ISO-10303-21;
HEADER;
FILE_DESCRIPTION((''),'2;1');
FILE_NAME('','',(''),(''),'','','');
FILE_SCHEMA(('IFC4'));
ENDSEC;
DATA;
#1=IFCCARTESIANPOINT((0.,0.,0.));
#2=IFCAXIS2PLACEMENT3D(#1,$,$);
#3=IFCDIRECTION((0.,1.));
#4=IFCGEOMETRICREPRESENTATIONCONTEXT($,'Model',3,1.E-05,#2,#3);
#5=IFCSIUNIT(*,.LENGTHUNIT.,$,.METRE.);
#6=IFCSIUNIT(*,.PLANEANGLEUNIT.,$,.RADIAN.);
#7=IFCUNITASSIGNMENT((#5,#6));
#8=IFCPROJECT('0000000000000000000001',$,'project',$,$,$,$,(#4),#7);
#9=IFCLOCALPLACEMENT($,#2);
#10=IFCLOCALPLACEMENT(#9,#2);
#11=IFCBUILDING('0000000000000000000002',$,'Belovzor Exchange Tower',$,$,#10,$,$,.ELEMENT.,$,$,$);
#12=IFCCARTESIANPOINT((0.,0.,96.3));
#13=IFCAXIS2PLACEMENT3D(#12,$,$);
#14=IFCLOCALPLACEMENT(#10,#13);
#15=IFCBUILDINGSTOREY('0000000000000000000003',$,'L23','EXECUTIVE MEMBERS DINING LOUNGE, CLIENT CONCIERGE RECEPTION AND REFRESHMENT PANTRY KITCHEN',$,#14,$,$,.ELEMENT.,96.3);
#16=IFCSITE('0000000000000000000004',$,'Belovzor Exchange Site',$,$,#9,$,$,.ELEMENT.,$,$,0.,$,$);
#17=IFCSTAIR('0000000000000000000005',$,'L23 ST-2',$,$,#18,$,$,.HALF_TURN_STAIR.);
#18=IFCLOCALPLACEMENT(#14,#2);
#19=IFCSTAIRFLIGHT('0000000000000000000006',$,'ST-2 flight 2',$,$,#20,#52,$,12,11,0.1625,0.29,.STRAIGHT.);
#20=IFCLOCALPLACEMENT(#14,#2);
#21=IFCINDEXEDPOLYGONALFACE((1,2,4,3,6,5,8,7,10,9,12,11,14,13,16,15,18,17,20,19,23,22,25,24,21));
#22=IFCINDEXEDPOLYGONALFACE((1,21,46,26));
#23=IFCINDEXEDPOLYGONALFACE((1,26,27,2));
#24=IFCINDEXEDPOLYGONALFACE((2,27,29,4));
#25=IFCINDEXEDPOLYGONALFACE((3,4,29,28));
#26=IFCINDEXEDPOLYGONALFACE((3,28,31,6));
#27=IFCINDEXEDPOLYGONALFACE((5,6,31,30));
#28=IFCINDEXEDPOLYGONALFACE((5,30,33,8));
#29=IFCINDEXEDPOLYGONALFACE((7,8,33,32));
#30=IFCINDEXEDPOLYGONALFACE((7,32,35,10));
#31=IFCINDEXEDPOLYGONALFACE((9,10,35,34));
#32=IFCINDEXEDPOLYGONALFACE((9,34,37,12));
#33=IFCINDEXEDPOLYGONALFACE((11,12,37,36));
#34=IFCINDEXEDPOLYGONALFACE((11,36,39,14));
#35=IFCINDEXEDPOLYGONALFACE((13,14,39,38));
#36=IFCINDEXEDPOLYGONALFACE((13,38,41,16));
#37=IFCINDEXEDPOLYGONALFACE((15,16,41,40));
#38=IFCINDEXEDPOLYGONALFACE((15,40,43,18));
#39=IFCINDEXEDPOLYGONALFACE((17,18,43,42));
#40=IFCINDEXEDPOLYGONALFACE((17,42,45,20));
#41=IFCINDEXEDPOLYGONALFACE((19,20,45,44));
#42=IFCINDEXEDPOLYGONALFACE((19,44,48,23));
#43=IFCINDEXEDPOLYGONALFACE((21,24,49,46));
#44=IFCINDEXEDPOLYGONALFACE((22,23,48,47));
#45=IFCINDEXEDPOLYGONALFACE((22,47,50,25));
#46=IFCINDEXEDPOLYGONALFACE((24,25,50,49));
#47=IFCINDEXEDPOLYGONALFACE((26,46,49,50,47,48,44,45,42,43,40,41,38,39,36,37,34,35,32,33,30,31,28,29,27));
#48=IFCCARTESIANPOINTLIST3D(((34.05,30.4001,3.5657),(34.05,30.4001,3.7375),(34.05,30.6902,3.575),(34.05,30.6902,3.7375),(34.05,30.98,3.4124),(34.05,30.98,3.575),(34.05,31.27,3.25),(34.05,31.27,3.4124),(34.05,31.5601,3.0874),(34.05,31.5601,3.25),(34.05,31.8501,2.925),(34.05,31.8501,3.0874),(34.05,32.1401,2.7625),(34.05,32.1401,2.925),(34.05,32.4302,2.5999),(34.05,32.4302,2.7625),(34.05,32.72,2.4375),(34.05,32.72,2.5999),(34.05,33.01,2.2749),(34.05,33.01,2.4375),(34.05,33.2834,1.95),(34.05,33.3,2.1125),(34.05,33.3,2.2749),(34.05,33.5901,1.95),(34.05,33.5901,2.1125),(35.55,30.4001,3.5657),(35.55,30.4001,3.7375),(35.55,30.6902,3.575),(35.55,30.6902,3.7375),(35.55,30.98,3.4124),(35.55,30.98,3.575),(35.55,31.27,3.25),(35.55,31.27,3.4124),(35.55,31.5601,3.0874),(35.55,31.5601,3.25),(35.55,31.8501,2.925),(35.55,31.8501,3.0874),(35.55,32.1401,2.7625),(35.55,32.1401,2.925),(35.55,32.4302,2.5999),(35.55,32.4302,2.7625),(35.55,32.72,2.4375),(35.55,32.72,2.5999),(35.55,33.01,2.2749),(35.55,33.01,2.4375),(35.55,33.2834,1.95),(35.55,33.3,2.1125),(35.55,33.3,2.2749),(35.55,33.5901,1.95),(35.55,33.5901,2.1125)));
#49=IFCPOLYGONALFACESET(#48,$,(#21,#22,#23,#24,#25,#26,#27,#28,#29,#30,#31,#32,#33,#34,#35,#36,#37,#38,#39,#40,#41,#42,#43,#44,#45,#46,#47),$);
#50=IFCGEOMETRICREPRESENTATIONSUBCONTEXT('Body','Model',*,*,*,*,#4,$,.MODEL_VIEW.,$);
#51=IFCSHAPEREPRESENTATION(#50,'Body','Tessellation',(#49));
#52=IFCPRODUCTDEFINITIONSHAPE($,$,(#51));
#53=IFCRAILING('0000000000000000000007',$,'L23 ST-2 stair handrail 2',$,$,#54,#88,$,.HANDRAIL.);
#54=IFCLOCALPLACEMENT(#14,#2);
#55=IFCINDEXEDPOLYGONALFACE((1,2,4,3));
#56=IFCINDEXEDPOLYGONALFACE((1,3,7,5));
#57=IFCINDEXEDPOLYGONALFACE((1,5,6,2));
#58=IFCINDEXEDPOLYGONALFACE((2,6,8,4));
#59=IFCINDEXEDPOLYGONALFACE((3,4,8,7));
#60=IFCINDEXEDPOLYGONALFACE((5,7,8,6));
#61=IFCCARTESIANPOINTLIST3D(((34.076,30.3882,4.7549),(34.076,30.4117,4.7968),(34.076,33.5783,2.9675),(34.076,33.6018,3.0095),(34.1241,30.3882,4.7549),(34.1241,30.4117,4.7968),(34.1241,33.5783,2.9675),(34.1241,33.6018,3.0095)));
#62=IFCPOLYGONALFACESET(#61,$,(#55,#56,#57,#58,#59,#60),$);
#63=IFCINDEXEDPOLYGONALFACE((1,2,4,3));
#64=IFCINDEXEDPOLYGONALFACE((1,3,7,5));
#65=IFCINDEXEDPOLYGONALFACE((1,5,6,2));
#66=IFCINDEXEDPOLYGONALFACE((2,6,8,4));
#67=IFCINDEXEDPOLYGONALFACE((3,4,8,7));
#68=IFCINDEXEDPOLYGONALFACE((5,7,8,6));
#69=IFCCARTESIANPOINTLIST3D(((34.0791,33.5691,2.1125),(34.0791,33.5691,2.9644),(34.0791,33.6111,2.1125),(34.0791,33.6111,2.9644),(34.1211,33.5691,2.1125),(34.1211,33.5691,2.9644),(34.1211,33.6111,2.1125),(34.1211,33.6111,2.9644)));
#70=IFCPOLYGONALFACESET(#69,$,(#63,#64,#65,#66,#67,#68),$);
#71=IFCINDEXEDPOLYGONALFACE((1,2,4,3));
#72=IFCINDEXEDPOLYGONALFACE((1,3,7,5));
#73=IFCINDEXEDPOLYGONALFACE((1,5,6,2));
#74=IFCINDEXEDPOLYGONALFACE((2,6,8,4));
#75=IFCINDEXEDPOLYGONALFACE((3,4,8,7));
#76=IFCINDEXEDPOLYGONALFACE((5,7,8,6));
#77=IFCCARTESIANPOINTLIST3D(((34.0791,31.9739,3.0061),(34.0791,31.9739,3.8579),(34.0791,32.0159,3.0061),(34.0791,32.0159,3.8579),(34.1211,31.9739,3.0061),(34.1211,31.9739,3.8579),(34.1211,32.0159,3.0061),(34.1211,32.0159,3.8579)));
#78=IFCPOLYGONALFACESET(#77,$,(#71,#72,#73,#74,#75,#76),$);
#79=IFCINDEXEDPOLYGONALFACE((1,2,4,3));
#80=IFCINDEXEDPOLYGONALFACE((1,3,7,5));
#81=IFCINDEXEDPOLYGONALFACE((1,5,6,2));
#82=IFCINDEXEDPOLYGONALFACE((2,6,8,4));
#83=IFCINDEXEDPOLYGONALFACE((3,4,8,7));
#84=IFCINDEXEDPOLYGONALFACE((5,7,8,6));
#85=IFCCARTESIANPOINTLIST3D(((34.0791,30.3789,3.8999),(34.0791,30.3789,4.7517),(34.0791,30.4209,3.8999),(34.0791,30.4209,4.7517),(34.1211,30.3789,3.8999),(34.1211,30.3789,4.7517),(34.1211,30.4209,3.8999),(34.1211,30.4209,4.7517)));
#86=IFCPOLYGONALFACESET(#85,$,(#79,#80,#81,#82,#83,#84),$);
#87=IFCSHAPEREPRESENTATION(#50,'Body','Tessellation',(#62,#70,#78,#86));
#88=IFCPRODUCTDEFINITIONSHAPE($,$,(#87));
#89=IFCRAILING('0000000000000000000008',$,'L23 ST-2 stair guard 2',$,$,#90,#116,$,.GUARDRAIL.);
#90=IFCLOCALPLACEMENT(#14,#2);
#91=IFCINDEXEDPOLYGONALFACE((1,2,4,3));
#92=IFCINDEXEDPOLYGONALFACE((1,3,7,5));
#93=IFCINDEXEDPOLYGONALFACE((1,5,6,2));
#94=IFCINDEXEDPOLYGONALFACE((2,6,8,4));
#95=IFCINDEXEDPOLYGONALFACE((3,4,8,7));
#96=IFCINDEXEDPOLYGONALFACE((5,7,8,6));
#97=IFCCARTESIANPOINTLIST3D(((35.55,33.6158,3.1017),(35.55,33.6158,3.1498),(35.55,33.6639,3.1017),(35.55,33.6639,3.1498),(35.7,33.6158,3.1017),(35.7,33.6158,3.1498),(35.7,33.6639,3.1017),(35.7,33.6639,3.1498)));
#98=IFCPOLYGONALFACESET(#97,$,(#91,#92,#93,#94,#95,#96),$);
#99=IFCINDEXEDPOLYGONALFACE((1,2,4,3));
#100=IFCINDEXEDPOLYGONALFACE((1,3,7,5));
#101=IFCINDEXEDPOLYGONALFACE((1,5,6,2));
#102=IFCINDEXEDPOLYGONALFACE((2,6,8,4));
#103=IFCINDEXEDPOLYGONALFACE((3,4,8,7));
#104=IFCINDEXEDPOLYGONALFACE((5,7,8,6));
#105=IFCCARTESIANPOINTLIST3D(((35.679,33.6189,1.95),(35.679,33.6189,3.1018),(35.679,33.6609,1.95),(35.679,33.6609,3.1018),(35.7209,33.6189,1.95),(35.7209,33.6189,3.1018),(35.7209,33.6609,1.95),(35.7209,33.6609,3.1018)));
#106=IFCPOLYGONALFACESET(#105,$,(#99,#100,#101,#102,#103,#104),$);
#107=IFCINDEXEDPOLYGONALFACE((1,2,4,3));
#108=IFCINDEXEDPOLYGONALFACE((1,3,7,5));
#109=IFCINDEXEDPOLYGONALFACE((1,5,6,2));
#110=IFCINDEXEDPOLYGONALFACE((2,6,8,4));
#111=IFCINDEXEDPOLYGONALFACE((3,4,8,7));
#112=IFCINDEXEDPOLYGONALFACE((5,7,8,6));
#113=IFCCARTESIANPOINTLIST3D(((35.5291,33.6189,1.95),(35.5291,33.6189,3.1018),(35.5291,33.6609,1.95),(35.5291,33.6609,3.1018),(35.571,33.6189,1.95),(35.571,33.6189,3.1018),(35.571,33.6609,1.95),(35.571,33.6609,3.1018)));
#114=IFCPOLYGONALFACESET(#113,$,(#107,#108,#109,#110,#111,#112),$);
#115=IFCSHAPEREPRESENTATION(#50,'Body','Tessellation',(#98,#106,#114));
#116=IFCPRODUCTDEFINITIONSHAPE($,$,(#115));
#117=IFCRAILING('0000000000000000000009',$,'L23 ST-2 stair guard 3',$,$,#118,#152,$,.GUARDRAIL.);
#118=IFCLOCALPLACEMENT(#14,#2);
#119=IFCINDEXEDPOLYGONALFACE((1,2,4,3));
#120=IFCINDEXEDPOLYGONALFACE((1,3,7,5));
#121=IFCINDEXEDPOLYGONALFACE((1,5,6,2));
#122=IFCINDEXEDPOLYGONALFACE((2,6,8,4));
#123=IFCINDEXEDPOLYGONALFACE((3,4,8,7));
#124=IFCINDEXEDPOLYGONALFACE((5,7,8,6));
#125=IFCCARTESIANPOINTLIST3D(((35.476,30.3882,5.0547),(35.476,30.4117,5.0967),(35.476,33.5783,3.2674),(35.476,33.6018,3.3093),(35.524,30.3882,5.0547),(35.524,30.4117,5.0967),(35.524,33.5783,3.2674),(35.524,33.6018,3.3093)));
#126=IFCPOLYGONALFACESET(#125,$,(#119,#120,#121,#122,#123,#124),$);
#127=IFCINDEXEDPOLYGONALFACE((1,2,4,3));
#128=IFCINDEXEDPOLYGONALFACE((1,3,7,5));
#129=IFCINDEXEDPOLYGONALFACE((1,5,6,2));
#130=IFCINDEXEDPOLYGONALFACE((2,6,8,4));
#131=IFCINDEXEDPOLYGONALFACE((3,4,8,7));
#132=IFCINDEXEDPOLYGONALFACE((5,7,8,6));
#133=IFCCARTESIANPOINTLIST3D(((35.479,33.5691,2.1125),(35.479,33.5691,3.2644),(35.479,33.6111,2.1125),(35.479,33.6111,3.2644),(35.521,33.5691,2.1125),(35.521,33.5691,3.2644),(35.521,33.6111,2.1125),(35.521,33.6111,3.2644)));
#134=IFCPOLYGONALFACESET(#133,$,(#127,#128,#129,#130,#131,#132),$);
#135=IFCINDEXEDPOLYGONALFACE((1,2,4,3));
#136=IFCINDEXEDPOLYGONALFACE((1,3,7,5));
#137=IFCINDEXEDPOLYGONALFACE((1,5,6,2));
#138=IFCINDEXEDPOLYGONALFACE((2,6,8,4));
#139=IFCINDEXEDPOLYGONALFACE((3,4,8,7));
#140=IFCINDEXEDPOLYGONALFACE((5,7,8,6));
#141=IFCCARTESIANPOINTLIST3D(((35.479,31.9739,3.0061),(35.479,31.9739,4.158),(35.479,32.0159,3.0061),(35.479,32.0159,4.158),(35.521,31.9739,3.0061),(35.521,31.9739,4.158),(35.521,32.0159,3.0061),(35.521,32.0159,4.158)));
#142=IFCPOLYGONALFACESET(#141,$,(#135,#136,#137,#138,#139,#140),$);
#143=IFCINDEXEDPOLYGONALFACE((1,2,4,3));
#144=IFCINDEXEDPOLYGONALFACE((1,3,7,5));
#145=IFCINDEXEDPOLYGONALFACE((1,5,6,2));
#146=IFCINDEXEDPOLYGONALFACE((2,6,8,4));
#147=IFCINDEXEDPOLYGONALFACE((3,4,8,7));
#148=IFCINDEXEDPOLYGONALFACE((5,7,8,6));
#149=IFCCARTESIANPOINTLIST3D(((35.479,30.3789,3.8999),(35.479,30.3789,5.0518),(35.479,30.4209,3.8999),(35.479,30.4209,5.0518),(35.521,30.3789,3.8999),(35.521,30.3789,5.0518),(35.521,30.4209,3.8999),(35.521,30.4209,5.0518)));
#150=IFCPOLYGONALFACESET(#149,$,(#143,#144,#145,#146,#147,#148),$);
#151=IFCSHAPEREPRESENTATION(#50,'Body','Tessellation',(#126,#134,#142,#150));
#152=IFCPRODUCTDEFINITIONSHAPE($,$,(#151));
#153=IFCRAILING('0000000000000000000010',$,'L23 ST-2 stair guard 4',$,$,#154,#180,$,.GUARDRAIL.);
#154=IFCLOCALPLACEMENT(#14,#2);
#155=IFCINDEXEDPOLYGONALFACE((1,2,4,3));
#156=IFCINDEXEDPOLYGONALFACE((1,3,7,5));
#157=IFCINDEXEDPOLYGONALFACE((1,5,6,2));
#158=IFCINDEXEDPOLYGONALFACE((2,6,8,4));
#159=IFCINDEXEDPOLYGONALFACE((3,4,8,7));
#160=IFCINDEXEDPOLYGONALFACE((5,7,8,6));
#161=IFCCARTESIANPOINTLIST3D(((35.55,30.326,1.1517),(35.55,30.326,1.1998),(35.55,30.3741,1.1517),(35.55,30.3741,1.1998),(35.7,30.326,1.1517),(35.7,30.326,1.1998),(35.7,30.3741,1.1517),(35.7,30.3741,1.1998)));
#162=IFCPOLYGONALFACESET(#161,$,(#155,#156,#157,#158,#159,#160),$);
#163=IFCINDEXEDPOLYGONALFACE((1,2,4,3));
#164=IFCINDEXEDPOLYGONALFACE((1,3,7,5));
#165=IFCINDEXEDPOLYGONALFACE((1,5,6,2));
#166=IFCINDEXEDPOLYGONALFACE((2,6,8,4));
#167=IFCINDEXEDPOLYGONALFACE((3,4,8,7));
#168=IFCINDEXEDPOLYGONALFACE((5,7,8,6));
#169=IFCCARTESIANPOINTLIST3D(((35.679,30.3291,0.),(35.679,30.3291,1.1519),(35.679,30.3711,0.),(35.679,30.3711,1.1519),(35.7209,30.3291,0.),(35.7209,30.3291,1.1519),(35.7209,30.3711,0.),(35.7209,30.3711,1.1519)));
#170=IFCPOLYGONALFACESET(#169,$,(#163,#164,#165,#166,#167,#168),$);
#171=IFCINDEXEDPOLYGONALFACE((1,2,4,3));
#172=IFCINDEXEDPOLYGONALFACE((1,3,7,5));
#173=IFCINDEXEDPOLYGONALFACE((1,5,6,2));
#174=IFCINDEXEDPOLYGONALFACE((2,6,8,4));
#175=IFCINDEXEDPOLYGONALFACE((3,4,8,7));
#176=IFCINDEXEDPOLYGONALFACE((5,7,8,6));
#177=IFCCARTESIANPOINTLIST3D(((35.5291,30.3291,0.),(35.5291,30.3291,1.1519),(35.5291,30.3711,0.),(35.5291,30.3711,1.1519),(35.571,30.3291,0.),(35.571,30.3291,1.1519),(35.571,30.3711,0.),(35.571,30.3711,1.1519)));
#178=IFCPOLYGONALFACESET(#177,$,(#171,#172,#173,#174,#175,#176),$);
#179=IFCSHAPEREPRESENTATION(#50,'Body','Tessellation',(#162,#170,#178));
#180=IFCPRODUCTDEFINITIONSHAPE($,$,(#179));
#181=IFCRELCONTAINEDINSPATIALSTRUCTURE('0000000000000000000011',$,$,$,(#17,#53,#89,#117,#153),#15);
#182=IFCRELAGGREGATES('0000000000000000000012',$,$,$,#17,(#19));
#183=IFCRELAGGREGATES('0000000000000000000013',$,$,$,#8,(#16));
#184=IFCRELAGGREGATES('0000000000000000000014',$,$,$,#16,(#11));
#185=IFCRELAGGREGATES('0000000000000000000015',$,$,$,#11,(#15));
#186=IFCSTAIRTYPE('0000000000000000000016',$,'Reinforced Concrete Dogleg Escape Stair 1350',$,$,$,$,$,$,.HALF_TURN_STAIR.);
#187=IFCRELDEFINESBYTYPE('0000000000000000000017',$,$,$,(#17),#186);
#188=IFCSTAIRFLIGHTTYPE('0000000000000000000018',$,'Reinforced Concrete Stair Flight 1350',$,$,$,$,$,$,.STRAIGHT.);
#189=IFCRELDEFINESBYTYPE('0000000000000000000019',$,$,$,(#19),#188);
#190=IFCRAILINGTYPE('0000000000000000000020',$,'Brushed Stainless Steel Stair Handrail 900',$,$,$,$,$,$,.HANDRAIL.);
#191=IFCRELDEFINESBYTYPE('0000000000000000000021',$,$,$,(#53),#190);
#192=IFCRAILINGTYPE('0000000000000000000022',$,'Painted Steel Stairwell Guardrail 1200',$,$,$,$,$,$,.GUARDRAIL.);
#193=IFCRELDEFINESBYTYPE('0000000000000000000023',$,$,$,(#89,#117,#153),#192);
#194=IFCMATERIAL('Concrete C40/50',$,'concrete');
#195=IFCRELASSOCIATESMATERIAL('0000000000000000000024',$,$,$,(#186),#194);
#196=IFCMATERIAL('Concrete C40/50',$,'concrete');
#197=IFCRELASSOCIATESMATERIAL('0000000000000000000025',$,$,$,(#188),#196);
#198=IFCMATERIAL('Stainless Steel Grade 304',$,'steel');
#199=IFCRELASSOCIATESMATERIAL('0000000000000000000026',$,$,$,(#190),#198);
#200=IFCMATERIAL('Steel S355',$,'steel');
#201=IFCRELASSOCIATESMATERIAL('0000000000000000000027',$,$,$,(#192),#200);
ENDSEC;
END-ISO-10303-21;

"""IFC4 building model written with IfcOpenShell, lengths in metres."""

from ifc_helpers import new_model, si_unit, direction, frame, origin, origin_2d, place, context, subcontext, project, spatial, polyline, rectangle, outline, extrude, material, type_object, element, aggregate, save


model = new_model("IFC4")

# Units and contexts
model_context = context("Model", 3, precision=1e-05, world=origin(), true_north=direction((0.0, 1.0)))
body_context = subcontext(model_context, "Body", "Model", "MODEL_VIEW")
ifc_project = project(units=[si_unit("LENGTHUNIT", "METRE"), si_unit("PLANEANGLEUNIT", "RADIAN")], contexts=[model_context])

# Site, building, storey
site_placement = place(None, origin())
site = spatial("IfcSite", under=ifc_project, at=site_placement, Name="Belovzor Exchange Site", CompositionType="ELEMENT", RefElevation=0.0)
building_placement = place(site_placement, origin())
building = spatial("IfcBuilding", under=site, at=building_placement, Name="Belovzor Exchange Tower", CompositionType="ELEMENT")
storey_placement = place(building_placement, frame((0.0, 0.0, 96.3)))
storey = spatial("IfcBuildingStorey", under=building, at=storey_placement, Name="L23", Description="EXECUTIVE MEMBERS DINING LOUNGE, CLIENT CONCIERGE RECEPTION AND REFRESHMENT PANTRY KITCHEN", CompositionType="ELEMENT", Elevation=96.3)

# Stair, stair flight
ifc_material_1 = material(Name="Concrete C40/50", Category="concrete")
stair_type = type_object("IfcStairType", Name="Reinforced Concrete Dogleg Escape Stair 1350", PredefinedType="HALF_TURN_STAIR", material=ifc_material_1)
stair_placement = place(storey_placement, origin())
stair = element("IfcStair", 1, at=stair_placement, inside=storey, type_object=stair_type, Name="L23 ST-2", PredefinedType="HALF_TURN_STAIR")
ifc_material_2 = material(Name="Concrete C40/50", Category="concrete")
stair_flight_type = type_object("IfcStairFlightType", Name="Reinforced Concrete Stair Flight 1350", PredefinedType="STRAIGHT", material=ifc_material_2)
stair_flight_placement = place(storey_placement, frame((34.8, 33.5901, 1.95), z_axis=(0.0, 0.0, 1.0), x_axis=(0.0, -1.0, 0.0)))
stair_flight = element("IfcStairFlight", 2, at=stair_flight_placement, type_object=stair_flight_type, Name="ST-2 flight 2", NumberOfRisers=12, NumberOfTreads=11, PredefinedType="STRAIGHT", RiserHeight=0.1625, TreadLength=0.29, context=body_context, shape_type="SweptSolid", body=[
    extrude(outline(polyline([(0.0, 0.0), (0.0, 0.1626), (0.29, 0.1626), (0.29, 0.325), (0.5801, 0.325), (0.5801, 0.4875), (0.8701, 0.4875), (0.8701, 0.6499), (1.1599, 0.6499), (1.1599, 0.8125), (1.45, 0.8125), (1.45, 0.9751), (1.74, 0.9751), (1.74, 1.1375), (2.03, 1.1375), (2.03, 1.3), (2.3201, 1.3), (2.3201, 1.4624), (2.6101, 1.4624), (2.6101, 1.625), (2.8999, 1.625), (2.8999, 1.7876), (3.1899, 1.7876), (3.1899, 1.95), (3.1899, 1.6157), (0.3066, 0.0), (0.0, 0.0)])), frame((0.0, 0.75, 0.0), z_axis=(0.0, -1.0, 0.0), x_axis=(1.0, 0.0, 0.0)), (0.0, 0.0, 1.0), 1.5),
])
aggregate(stair, [stair_flight])

# Railings
ifc_material_3 = material(Name="Stainless Steel Grade 304", Category="steel")
railing_type_1 = type_object("IfcRailingType", Name="Brushed Stainless Steel Stair Handrail 900", PredefinedType="HANDRAIL", material=ifc_material_3)
railing_1_placement = place(storey_placement, frame((34.1001, 33.5901, 2.1125)))
element("IfcRailing", 3, at=railing_1_placement, inside=storey, type_object=railing_type_1, Name="L23 ST-2 stair handrail 2", PredefinedType="HANDRAIL", context=body_context, shape_type="SweptSolid", body=[
    extrude(rectangle(XDim=0.0481, YDim=0.0481, at=origin_2d()), frame((0.0, 0.0, 0.876), z_axis=(0.0, -0.872407, 0.48878), x_axis=(1.0, 0.0, 0.0)), (0.0, 0.0, 1.0), 3.6567),
    extrude(rectangle(XDim=0.042, YDim=0.042, at=origin_2d()), origin(), (0.0, 0.0, 1.0), 0.8518),
    extrude(rectangle(XDim=0.042, YDim=0.042, at=origin_2d()), frame((0.0, -1.5952, 0.8936)), (0.0, 0.0, 1.0), 0.8518),
    extrude(rectangle(XDim=0.042, YDim=0.042, at=origin_2d()), frame((0.0, -3.1902, 1.7874)), (0.0, 0.0, 1.0), 0.8518),
])
ifc_material_4 = material(Name="Steel S355", Category="steel")
railing_type_2 = type_object("IfcRailingType", Name="Painted Steel Stairwell Guardrail 1200", PredefinedType="GUARDRAIL", material=ifc_material_4)
railing_2_placement = place(storey_placement, frame((35.7, 33.6399, 1.95)))
element("IfcRailing", 4, at=railing_2_placement, inside=storey, type_object=railing_type_2, Name="L23 ST-2 stair guard 2", PredefinedType="GUARDRAIL", context=body_context, shape_type="SweptSolid", body=[
    extrude(rectangle(XDim=0.0481, YDim=0.0481, at=origin_2d()), frame((0.0, 0.0, 1.1758), z_axis=(-1.0, 0.0, 0.0), x_axis=(0.0, -1.0, 0.0)), (0.0, 0.0, 1.0), 0.1499),
    extrude(rectangle(XDim=0.042, YDim=0.042, at=origin_2d()), origin(), (0.0, 0.0, 1.0), 1.1519),
    extrude(rectangle(XDim=0.042, YDim=0.042, at=origin_2d()), frame((-0.1499, 0.0, 0.0)), (0.0, 0.0, 1.0), 1.1519),
])
railing_3_placement = place(storey_placement, frame((35.5, 33.5901, 2.1125)))
element("IfcRailing", 5, at=railing_3_placement, inside=storey, type_object=railing_type_2, Name="L23 ST-2 stair guard 3", PredefinedType="GUARDRAIL", context=body_context, shape_type="SweptSolid", body=[
    extrude(rectangle(XDim=0.0481, YDim=0.0481, at=origin_2d()), frame((0.0, 0.0, 1.1758), z_axis=(0.0, -0.872407, 0.48878), x_axis=(1.0, 0.0, 0.0)), (0.0, 0.0, 1.0), 3.6567),
    extrude(rectangle(XDim=0.042, YDim=0.042, at=origin_2d()), origin(), (0.0, 0.0, 1.0), 1.1519),
    extrude(rectangle(XDim=0.042, YDim=0.042, at=origin_2d()), frame((0.0, -1.5952, 0.8936)), (0.0, 0.0, 1.0), 1.1519),
    extrude(rectangle(XDim=0.042, YDim=0.042, at=origin_2d()), frame((0.0, -3.1902, 1.7874)), (0.0, 0.0, 1.0), 1.1519),
])
railing_4_placement = place(storey_placement, frame((35.7, 30.3501, 0.0)))
element("IfcRailing", 6, at=railing_4_placement, inside=storey, type_object=railing_type_2, Name="L23 ST-2 stair guard 4", PredefinedType="GUARDRAIL", context=body_context, shape_type="SweptSolid", body=[
    extrude(rectangle(XDim=0.0481, YDim=0.0481, at=origin_2d()), frame((0.0, 0.0, 1.1758), z_axis=(-1.0, 0.0, 0.0), x_axis=(0.0, -1.0, 0.0)), (0.0, 0.0, 1.0), 0.1499),
    extrude(rectangle(XDim=0.042, YDim=0.042, at=origin_2d()), origin(), (0.0, 0.0, 1.0), 1.1519),
    extrude(rectangle(XDim=0.042, YDim=0.042, at=origin_2d()), frame((-0.1499, 0.0, 0.0)), (0.0, 0.0, 1.0), 1.1519),
])

save(model, "model.ifc")
